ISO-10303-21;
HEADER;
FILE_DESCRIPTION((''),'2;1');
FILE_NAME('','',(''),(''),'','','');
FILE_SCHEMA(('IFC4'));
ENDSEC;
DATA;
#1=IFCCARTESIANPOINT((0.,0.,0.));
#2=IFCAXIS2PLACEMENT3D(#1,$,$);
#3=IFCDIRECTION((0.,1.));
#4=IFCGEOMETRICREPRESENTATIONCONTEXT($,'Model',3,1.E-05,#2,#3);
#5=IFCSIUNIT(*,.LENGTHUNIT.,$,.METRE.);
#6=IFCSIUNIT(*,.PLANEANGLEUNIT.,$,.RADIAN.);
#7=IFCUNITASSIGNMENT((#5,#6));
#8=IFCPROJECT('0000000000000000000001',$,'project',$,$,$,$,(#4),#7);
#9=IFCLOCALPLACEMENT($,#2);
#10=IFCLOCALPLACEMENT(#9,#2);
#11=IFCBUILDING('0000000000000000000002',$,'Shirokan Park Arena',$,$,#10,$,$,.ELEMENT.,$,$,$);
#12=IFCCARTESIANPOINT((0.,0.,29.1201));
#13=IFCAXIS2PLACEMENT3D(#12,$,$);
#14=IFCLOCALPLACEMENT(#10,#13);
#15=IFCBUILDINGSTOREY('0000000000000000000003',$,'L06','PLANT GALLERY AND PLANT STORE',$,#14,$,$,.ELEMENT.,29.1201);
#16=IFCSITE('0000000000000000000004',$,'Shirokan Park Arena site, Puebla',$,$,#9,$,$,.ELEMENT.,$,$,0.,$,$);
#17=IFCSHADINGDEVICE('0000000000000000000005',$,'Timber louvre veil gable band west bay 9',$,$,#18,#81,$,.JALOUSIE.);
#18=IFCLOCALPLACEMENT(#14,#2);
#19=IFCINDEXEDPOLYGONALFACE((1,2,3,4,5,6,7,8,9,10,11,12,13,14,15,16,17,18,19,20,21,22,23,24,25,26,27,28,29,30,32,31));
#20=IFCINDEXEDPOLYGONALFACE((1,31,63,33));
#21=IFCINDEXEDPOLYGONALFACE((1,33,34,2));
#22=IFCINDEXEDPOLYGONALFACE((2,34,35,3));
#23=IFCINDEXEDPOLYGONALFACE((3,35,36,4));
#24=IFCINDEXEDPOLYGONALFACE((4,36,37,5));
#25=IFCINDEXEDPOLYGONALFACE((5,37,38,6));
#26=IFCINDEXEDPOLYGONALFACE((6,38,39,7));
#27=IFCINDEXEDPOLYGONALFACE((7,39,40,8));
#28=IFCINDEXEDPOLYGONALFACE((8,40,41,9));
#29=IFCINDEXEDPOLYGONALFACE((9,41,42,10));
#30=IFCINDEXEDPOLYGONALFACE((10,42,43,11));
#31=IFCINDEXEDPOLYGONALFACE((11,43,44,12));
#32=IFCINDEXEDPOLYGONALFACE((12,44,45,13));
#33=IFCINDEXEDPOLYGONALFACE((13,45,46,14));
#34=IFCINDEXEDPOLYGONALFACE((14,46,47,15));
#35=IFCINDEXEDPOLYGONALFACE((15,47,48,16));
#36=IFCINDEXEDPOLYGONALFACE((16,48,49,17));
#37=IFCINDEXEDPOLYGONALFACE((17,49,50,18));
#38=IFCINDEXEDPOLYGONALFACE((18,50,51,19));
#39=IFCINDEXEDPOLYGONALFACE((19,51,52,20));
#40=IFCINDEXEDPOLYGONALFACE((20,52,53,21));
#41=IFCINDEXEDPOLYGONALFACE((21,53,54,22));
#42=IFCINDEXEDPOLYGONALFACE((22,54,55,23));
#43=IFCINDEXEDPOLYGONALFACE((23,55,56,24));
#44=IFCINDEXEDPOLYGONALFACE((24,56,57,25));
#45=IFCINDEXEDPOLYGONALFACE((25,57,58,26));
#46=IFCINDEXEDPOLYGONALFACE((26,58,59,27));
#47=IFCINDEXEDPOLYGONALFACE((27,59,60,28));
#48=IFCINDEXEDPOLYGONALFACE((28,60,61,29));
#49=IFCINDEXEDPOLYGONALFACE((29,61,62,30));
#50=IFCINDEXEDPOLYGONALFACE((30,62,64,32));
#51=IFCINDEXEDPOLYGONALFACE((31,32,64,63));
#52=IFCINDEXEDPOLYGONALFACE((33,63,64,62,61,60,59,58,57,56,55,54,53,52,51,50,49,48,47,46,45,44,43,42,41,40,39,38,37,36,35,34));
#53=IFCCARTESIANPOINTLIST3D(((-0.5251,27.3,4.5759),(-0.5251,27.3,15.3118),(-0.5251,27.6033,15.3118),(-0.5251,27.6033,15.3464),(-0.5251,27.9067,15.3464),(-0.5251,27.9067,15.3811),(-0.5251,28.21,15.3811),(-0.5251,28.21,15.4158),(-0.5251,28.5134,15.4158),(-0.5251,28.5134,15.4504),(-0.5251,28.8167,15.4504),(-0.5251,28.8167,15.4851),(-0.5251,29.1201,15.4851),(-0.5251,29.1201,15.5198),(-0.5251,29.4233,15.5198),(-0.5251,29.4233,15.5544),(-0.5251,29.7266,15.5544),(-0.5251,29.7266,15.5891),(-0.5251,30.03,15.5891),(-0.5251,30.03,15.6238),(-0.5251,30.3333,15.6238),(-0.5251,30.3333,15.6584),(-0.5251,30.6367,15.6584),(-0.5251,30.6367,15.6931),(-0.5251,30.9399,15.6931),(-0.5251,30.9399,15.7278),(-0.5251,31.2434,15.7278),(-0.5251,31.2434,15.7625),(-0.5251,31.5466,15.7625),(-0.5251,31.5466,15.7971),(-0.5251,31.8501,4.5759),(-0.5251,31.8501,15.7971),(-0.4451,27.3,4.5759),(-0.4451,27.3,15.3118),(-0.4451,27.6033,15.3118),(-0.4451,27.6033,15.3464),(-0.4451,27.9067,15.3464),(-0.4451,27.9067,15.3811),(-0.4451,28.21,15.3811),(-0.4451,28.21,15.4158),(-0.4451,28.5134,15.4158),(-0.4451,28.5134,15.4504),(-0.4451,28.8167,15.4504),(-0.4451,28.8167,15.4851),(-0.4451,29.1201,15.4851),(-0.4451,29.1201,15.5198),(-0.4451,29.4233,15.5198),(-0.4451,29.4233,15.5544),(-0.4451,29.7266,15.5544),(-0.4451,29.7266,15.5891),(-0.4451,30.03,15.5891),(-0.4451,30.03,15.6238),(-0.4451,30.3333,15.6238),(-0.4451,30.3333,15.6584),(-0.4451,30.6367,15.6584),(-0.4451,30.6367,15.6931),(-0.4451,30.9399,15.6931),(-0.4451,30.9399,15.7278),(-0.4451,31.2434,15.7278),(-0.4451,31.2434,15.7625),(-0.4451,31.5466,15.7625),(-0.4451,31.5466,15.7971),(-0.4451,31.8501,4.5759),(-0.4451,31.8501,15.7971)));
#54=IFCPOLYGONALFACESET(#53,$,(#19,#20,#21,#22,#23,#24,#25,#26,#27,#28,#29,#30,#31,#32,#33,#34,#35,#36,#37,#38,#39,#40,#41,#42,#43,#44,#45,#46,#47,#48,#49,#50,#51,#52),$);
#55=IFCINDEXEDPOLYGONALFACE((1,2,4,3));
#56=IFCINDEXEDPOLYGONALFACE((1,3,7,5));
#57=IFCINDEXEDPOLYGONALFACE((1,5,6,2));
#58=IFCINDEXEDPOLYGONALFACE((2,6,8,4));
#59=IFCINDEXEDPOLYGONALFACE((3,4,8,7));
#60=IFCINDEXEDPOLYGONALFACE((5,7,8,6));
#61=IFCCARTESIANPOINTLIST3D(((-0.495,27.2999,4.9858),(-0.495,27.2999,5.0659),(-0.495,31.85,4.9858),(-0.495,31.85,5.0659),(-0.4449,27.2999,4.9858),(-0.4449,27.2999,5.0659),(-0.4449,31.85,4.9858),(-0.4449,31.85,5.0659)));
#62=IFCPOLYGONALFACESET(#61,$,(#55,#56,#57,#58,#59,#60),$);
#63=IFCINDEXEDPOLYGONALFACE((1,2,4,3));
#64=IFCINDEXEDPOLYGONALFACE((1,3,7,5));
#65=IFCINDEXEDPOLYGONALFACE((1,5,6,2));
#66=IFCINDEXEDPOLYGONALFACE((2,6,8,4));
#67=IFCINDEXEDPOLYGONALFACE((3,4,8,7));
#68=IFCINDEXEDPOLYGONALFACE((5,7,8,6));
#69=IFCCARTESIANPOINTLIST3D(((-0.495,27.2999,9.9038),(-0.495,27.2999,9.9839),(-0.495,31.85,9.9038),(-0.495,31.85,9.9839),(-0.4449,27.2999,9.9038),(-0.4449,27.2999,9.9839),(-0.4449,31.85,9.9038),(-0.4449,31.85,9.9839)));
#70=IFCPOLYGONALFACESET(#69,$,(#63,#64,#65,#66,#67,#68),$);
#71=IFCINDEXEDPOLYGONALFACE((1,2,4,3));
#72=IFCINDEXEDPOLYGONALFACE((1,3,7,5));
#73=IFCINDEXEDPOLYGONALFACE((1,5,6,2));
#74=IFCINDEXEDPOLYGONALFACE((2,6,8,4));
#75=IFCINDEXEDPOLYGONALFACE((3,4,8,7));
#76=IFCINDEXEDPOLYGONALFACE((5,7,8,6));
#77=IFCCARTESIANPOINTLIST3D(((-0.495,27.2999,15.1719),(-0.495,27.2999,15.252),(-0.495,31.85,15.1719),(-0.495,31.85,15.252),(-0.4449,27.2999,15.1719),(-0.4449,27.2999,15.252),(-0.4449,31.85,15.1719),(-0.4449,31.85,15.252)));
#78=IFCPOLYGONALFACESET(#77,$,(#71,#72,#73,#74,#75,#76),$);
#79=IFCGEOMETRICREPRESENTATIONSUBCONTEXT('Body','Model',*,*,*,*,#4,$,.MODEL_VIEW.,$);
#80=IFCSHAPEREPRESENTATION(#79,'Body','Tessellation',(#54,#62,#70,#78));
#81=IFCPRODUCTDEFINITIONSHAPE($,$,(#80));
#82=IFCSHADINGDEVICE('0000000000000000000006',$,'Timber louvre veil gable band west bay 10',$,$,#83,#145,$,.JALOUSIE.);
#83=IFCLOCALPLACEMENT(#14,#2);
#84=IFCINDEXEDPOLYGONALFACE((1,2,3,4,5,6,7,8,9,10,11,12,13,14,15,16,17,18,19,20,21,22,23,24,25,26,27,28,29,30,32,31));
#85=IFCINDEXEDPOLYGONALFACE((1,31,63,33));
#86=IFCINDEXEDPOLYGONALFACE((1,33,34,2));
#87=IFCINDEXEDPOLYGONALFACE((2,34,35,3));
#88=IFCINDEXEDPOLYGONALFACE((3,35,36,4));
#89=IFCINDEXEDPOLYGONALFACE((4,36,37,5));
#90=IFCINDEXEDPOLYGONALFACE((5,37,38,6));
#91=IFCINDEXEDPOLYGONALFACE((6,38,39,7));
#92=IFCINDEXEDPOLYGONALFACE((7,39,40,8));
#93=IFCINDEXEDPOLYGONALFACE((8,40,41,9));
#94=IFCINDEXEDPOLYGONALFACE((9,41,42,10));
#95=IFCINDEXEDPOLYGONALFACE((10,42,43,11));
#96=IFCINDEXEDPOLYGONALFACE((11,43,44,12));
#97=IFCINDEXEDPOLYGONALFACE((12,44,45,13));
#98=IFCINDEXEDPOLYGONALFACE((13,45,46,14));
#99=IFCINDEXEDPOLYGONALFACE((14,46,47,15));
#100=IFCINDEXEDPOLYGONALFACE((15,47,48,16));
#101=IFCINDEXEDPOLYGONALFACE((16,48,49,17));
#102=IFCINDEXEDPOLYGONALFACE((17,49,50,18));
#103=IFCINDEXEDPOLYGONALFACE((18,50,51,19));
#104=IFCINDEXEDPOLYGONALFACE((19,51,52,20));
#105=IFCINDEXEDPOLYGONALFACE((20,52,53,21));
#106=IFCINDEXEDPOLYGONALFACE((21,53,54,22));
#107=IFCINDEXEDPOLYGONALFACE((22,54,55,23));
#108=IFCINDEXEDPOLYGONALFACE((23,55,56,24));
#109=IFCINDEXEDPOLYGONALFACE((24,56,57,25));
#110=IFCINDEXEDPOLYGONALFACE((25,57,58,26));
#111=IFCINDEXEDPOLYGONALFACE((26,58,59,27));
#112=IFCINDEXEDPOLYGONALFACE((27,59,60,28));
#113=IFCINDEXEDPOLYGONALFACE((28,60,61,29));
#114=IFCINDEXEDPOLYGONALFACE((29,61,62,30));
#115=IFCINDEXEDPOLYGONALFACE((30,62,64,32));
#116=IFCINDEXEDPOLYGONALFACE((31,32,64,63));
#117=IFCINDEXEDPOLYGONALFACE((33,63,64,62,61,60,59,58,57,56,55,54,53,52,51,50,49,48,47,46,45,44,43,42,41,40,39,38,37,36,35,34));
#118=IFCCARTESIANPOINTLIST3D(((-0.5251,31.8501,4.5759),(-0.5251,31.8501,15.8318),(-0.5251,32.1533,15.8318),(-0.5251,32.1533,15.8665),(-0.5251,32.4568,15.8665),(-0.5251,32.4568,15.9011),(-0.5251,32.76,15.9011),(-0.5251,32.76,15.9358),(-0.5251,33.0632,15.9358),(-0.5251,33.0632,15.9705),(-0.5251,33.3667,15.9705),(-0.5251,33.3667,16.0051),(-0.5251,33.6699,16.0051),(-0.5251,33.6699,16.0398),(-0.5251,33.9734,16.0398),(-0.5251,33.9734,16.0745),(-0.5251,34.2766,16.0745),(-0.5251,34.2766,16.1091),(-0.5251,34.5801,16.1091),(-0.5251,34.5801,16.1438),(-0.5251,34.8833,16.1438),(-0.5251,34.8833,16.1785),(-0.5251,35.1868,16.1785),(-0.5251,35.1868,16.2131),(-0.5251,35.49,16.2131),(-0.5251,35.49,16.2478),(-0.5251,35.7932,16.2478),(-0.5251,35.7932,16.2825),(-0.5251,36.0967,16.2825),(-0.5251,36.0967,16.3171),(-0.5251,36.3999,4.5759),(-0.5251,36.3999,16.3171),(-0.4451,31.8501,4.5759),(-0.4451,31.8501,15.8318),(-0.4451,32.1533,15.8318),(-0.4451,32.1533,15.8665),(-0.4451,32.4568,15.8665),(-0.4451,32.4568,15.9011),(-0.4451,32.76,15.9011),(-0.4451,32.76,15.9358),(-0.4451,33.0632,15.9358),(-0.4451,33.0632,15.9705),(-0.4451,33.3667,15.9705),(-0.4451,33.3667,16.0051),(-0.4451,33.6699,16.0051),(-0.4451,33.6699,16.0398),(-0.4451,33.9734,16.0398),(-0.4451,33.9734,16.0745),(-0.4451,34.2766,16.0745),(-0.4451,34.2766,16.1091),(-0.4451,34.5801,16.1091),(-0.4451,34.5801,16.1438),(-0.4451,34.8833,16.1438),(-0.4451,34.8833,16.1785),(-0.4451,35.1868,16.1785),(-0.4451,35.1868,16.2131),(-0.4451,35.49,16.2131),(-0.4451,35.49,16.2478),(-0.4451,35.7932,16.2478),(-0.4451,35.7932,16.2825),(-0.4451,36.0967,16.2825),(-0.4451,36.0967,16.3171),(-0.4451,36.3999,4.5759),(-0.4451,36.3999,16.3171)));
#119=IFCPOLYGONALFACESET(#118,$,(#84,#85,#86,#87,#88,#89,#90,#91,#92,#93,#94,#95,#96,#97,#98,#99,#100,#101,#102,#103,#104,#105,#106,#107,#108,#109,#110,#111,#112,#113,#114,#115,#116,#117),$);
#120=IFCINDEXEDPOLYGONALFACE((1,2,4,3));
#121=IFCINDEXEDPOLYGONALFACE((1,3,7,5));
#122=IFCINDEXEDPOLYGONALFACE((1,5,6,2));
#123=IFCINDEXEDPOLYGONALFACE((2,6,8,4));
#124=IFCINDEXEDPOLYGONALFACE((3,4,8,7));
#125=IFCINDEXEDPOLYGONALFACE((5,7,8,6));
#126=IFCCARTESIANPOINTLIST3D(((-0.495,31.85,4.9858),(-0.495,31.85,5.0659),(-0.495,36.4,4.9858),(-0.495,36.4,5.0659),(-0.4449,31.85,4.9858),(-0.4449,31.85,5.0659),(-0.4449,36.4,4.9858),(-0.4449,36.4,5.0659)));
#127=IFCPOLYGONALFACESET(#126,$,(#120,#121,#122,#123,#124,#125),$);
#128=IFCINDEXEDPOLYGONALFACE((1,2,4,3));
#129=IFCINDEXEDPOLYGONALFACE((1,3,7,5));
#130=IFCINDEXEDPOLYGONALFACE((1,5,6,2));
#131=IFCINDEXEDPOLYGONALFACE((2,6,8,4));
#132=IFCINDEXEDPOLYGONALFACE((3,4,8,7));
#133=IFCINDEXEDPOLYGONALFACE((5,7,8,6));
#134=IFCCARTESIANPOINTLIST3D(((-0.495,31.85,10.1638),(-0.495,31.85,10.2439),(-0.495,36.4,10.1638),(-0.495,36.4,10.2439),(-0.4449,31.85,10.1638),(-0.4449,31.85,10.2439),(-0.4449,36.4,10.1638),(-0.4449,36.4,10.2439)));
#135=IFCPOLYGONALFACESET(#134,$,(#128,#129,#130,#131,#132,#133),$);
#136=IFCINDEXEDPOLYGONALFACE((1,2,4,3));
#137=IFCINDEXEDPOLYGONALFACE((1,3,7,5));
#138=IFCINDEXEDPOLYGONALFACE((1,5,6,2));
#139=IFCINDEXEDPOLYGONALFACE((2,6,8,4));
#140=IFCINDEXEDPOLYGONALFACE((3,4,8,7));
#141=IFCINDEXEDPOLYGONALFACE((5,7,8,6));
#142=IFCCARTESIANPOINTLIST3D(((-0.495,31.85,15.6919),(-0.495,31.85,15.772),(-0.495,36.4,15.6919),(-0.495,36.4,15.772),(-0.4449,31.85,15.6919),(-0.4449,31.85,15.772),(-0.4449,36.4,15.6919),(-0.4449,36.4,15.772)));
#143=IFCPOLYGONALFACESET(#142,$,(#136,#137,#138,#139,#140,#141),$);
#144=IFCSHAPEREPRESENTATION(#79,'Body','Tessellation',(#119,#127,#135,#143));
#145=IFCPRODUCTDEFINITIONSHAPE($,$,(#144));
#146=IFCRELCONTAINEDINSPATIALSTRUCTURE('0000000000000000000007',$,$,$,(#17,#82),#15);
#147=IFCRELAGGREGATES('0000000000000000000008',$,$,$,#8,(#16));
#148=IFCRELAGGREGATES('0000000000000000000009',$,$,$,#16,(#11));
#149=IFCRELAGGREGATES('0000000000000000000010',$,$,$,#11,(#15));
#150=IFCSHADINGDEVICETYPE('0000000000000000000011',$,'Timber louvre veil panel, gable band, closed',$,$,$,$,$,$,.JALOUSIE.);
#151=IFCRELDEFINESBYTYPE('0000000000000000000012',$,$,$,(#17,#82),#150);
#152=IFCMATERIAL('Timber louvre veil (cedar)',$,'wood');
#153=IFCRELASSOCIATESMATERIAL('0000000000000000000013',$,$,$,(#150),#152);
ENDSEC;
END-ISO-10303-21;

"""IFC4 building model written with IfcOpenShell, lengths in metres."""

from ifc_helpers import new_model, si_unit, direction, frame, origin, origin_2d, place, context, subcontext, project, spatial, polyline, rectangle, outline, extrude, material, type_object, element, save


model = new_model("IFC4")

# Units and contexts
model_context = context("Model", 3, precision=1e-05, world=origin(), true_north=direction((0.0, 1.0)))
body_context = subcontext(model_context, "Body", "Model", "MODEL_VIEW")
ifc_project = project(units=[si_unit("LENGTHUNIT", "METRE"), si_unit("PLANEANGLEUNIT", "RADIAN")], contexts=[model_context])

# Site, building, storey
site_placement = place(None, origin())
site = spatial("IfcSite", under=ifc_project, at=site_placement, Name="Shirokan Park Arena site, Puebla", CompositionType="ELEMENT", RefElevation=0.0)
building_placement = place(site_placement, origin())
building = spatial("IfcBuilding", under=site, at=building_placement, Name="Shirokan Park Arena", CompositionType="ELEMENT")
storey_placement = place(building_placement, frame((0.0, 0.0, 29.1201)))
storey = spatial("IfcBuildingStorey", under=building, at=storey_placement, Name="L06", Description="PLANT GALLERY AND PLANT STORE", CompositionType="ELEMENT", Elevation=29.1201)

# Shading devices
ifc_material = material(Name="Timber louvre veil (cedar)", Category="wood")
shading_device_type_1 = type_object("IfcShadingDeviceType", Name="Timber louvre veil panel, gable band, closed", PredefinedType="JALOUSIE", material=ifc_material)
shading_device_1_placement = place(storey_placement, origin())
element("IfcShadingDevice", 1, at=shading_device_1_placement, inside=storey, type_object=shading_device_type_1, Name="Timber louvre veil gable band west bay 9", PredefinedType="JALOUSIE", context=body_context, shape_type="SweptSolid", body=[
    extrude(outline(polyline([(27.6033, 15.3118), (27.3, 15.3118), (27.3, 4.5759), (31.8501, 4.5759), (31.8501, 15.7971), (31.5466, 15.7971), (31.5466, 15.7625), (31.2434, 15.7625), (31.2434, 15.7278), (30.9399, 15.7278), (30.9399, 15.6931), (30.6367, 15.6931), (30.6367, 15.6584), (30.3333, 15.6584), (30.3333, 15.6238), (30.03, 15.6238), (30.03, 15.5891), (29.7266, 15.5891), (29.7266, 15.5544), (29.4233, 15.5544), (29.4233, 15.5198), (29.1201, 15.5198), (29.1201, 15.4851), (28.8167, 15.4851), (28.8167, 15.4504), (28.5134, 15.4504), (28.5134, 15.4158), (28.21, 15.4158), (28.21, 15.3811), (27.9067, 15.3811), (27.9067, 15.3464), (27.6033, 15.3464), (27.6033, 15.3118)])), frame((-0.5251, 0.0, 0.0), z_axis=(1.0, 0.0, 0.0), x_axis=(0.0, 1.0, 0.0)), (0.0, 0.0, 1.0), 0.0801),
    extrude(rectangle(XDim=0.05, YDim=4.55, at=origin_2d()), frame((-0.47, 29.575, 4.9858), z_axis=(0.0, 0.0, 1.0), x_axis=(1.0, 0.0, 0.0)), (0.0, 0.0, 1.0), 0.0801),
    extrude(rectangle(XDim=0.05, YDim=4.55, at=origin_2d()), frame((-0.47, 29.575, 9.9038), z_axis=(0.0, 0.0, 1.0), x_axis=(1.0, 0.0, 0.0)), (0.0, 0.0, 1.0), 0.0801),
    extrude(rectangle(XDim=0.05, YDim=4.55, at=origin_2d()), frame((-0.47, 29.575, 15.1719), z_axis=(0.0, 0.0, 1.0), x_axis=(1.0, 0.0, 0.0)), (0.0, 0.0, 1.0), 0.0801),
])
shading_device_2_placement = place(storey_placement, origin())
element("IfcShadingDevice", 2, at=shading_device_2_placement, inside=storey, type_object=shading_device_type_1, Name="Timber louvre veil gable band west bay 10", PredefinedType="JALOUSIE", context=body_context, shape_type="SweptSolid", body=[
    extrude(outline(polyline([(32.1533, 15.8318), (31.8501, 15.8318), (31.8501, 4.5759), (36.3999, 4.5759), (36.3999, 16.3171), (36.0967, 16.3171), (36.0967, 16.2825), (35.7932, 16.2825), (35.7932, 16.2478), (35.49, 16.2478), (35.49, 16.2131), (35.1868, 16.2131), (35.1868, 16.1785), (34.8833, 16.1785), (34.8833, 16.1438), (34.5801, 16.1438), (34.5801, 16.1091), (34.2766, 16.1091), (34.2766, 16.0745), (33.9734, 16.0745), (33.9734, 16.0398), (33.6699, 16.0398), (33.6699, 16.0051), (33.3667, 16.0051), (33.3667, 15.9705), (33.0632, 15.9705), (33.0632, 15.9358), (32.76, 15.9358), (32.76, 15.9011), (32.4568, 15.9011), (32.4568, 15.8665), (32.1533, 15.8665), (32.1533, 15.8318)])), frame((-0.5251, 0.0, 0.0), z_axis=(1.0, 0.0, 0.0), x_axis=(0.0, 1.0, 0.0)), (0.0, 0.0, 1.0), 0.0801),
    extrude(rectangle(XDim=0.05, YDim=4.55, at=origin_2d()), frame((-0.47, 34.125, 4.9858), z_axis=(0.0, 0.0, 1.0), x_axis=(1.0, 0.0, 0.0)), (0.0, 0.0, 1.0), 0.0801),
    extrude(rectangle(XDim=0.05, YDim=4.55, at=origin_2d()), frame((-0.47, 34.125, 10.1638), z_axis=(0.0, 0.0, 1.0), x_axis=(1.0, 0.0, 0.0)), (0.0, 0.0, 1.0), 0.0801),
    extrude(rectangle(XDim=0.05, YDim=4.55, at=origin_2d()), frame((-0.47, 34.125, 15.6919), z_axis=(0.0, 0.0, 1.0), x_axis=(1.0, 0.0, 0.0)), (0.0, 0.0, 1.0), 0.0801),
])

save(model, "model.ifc")
